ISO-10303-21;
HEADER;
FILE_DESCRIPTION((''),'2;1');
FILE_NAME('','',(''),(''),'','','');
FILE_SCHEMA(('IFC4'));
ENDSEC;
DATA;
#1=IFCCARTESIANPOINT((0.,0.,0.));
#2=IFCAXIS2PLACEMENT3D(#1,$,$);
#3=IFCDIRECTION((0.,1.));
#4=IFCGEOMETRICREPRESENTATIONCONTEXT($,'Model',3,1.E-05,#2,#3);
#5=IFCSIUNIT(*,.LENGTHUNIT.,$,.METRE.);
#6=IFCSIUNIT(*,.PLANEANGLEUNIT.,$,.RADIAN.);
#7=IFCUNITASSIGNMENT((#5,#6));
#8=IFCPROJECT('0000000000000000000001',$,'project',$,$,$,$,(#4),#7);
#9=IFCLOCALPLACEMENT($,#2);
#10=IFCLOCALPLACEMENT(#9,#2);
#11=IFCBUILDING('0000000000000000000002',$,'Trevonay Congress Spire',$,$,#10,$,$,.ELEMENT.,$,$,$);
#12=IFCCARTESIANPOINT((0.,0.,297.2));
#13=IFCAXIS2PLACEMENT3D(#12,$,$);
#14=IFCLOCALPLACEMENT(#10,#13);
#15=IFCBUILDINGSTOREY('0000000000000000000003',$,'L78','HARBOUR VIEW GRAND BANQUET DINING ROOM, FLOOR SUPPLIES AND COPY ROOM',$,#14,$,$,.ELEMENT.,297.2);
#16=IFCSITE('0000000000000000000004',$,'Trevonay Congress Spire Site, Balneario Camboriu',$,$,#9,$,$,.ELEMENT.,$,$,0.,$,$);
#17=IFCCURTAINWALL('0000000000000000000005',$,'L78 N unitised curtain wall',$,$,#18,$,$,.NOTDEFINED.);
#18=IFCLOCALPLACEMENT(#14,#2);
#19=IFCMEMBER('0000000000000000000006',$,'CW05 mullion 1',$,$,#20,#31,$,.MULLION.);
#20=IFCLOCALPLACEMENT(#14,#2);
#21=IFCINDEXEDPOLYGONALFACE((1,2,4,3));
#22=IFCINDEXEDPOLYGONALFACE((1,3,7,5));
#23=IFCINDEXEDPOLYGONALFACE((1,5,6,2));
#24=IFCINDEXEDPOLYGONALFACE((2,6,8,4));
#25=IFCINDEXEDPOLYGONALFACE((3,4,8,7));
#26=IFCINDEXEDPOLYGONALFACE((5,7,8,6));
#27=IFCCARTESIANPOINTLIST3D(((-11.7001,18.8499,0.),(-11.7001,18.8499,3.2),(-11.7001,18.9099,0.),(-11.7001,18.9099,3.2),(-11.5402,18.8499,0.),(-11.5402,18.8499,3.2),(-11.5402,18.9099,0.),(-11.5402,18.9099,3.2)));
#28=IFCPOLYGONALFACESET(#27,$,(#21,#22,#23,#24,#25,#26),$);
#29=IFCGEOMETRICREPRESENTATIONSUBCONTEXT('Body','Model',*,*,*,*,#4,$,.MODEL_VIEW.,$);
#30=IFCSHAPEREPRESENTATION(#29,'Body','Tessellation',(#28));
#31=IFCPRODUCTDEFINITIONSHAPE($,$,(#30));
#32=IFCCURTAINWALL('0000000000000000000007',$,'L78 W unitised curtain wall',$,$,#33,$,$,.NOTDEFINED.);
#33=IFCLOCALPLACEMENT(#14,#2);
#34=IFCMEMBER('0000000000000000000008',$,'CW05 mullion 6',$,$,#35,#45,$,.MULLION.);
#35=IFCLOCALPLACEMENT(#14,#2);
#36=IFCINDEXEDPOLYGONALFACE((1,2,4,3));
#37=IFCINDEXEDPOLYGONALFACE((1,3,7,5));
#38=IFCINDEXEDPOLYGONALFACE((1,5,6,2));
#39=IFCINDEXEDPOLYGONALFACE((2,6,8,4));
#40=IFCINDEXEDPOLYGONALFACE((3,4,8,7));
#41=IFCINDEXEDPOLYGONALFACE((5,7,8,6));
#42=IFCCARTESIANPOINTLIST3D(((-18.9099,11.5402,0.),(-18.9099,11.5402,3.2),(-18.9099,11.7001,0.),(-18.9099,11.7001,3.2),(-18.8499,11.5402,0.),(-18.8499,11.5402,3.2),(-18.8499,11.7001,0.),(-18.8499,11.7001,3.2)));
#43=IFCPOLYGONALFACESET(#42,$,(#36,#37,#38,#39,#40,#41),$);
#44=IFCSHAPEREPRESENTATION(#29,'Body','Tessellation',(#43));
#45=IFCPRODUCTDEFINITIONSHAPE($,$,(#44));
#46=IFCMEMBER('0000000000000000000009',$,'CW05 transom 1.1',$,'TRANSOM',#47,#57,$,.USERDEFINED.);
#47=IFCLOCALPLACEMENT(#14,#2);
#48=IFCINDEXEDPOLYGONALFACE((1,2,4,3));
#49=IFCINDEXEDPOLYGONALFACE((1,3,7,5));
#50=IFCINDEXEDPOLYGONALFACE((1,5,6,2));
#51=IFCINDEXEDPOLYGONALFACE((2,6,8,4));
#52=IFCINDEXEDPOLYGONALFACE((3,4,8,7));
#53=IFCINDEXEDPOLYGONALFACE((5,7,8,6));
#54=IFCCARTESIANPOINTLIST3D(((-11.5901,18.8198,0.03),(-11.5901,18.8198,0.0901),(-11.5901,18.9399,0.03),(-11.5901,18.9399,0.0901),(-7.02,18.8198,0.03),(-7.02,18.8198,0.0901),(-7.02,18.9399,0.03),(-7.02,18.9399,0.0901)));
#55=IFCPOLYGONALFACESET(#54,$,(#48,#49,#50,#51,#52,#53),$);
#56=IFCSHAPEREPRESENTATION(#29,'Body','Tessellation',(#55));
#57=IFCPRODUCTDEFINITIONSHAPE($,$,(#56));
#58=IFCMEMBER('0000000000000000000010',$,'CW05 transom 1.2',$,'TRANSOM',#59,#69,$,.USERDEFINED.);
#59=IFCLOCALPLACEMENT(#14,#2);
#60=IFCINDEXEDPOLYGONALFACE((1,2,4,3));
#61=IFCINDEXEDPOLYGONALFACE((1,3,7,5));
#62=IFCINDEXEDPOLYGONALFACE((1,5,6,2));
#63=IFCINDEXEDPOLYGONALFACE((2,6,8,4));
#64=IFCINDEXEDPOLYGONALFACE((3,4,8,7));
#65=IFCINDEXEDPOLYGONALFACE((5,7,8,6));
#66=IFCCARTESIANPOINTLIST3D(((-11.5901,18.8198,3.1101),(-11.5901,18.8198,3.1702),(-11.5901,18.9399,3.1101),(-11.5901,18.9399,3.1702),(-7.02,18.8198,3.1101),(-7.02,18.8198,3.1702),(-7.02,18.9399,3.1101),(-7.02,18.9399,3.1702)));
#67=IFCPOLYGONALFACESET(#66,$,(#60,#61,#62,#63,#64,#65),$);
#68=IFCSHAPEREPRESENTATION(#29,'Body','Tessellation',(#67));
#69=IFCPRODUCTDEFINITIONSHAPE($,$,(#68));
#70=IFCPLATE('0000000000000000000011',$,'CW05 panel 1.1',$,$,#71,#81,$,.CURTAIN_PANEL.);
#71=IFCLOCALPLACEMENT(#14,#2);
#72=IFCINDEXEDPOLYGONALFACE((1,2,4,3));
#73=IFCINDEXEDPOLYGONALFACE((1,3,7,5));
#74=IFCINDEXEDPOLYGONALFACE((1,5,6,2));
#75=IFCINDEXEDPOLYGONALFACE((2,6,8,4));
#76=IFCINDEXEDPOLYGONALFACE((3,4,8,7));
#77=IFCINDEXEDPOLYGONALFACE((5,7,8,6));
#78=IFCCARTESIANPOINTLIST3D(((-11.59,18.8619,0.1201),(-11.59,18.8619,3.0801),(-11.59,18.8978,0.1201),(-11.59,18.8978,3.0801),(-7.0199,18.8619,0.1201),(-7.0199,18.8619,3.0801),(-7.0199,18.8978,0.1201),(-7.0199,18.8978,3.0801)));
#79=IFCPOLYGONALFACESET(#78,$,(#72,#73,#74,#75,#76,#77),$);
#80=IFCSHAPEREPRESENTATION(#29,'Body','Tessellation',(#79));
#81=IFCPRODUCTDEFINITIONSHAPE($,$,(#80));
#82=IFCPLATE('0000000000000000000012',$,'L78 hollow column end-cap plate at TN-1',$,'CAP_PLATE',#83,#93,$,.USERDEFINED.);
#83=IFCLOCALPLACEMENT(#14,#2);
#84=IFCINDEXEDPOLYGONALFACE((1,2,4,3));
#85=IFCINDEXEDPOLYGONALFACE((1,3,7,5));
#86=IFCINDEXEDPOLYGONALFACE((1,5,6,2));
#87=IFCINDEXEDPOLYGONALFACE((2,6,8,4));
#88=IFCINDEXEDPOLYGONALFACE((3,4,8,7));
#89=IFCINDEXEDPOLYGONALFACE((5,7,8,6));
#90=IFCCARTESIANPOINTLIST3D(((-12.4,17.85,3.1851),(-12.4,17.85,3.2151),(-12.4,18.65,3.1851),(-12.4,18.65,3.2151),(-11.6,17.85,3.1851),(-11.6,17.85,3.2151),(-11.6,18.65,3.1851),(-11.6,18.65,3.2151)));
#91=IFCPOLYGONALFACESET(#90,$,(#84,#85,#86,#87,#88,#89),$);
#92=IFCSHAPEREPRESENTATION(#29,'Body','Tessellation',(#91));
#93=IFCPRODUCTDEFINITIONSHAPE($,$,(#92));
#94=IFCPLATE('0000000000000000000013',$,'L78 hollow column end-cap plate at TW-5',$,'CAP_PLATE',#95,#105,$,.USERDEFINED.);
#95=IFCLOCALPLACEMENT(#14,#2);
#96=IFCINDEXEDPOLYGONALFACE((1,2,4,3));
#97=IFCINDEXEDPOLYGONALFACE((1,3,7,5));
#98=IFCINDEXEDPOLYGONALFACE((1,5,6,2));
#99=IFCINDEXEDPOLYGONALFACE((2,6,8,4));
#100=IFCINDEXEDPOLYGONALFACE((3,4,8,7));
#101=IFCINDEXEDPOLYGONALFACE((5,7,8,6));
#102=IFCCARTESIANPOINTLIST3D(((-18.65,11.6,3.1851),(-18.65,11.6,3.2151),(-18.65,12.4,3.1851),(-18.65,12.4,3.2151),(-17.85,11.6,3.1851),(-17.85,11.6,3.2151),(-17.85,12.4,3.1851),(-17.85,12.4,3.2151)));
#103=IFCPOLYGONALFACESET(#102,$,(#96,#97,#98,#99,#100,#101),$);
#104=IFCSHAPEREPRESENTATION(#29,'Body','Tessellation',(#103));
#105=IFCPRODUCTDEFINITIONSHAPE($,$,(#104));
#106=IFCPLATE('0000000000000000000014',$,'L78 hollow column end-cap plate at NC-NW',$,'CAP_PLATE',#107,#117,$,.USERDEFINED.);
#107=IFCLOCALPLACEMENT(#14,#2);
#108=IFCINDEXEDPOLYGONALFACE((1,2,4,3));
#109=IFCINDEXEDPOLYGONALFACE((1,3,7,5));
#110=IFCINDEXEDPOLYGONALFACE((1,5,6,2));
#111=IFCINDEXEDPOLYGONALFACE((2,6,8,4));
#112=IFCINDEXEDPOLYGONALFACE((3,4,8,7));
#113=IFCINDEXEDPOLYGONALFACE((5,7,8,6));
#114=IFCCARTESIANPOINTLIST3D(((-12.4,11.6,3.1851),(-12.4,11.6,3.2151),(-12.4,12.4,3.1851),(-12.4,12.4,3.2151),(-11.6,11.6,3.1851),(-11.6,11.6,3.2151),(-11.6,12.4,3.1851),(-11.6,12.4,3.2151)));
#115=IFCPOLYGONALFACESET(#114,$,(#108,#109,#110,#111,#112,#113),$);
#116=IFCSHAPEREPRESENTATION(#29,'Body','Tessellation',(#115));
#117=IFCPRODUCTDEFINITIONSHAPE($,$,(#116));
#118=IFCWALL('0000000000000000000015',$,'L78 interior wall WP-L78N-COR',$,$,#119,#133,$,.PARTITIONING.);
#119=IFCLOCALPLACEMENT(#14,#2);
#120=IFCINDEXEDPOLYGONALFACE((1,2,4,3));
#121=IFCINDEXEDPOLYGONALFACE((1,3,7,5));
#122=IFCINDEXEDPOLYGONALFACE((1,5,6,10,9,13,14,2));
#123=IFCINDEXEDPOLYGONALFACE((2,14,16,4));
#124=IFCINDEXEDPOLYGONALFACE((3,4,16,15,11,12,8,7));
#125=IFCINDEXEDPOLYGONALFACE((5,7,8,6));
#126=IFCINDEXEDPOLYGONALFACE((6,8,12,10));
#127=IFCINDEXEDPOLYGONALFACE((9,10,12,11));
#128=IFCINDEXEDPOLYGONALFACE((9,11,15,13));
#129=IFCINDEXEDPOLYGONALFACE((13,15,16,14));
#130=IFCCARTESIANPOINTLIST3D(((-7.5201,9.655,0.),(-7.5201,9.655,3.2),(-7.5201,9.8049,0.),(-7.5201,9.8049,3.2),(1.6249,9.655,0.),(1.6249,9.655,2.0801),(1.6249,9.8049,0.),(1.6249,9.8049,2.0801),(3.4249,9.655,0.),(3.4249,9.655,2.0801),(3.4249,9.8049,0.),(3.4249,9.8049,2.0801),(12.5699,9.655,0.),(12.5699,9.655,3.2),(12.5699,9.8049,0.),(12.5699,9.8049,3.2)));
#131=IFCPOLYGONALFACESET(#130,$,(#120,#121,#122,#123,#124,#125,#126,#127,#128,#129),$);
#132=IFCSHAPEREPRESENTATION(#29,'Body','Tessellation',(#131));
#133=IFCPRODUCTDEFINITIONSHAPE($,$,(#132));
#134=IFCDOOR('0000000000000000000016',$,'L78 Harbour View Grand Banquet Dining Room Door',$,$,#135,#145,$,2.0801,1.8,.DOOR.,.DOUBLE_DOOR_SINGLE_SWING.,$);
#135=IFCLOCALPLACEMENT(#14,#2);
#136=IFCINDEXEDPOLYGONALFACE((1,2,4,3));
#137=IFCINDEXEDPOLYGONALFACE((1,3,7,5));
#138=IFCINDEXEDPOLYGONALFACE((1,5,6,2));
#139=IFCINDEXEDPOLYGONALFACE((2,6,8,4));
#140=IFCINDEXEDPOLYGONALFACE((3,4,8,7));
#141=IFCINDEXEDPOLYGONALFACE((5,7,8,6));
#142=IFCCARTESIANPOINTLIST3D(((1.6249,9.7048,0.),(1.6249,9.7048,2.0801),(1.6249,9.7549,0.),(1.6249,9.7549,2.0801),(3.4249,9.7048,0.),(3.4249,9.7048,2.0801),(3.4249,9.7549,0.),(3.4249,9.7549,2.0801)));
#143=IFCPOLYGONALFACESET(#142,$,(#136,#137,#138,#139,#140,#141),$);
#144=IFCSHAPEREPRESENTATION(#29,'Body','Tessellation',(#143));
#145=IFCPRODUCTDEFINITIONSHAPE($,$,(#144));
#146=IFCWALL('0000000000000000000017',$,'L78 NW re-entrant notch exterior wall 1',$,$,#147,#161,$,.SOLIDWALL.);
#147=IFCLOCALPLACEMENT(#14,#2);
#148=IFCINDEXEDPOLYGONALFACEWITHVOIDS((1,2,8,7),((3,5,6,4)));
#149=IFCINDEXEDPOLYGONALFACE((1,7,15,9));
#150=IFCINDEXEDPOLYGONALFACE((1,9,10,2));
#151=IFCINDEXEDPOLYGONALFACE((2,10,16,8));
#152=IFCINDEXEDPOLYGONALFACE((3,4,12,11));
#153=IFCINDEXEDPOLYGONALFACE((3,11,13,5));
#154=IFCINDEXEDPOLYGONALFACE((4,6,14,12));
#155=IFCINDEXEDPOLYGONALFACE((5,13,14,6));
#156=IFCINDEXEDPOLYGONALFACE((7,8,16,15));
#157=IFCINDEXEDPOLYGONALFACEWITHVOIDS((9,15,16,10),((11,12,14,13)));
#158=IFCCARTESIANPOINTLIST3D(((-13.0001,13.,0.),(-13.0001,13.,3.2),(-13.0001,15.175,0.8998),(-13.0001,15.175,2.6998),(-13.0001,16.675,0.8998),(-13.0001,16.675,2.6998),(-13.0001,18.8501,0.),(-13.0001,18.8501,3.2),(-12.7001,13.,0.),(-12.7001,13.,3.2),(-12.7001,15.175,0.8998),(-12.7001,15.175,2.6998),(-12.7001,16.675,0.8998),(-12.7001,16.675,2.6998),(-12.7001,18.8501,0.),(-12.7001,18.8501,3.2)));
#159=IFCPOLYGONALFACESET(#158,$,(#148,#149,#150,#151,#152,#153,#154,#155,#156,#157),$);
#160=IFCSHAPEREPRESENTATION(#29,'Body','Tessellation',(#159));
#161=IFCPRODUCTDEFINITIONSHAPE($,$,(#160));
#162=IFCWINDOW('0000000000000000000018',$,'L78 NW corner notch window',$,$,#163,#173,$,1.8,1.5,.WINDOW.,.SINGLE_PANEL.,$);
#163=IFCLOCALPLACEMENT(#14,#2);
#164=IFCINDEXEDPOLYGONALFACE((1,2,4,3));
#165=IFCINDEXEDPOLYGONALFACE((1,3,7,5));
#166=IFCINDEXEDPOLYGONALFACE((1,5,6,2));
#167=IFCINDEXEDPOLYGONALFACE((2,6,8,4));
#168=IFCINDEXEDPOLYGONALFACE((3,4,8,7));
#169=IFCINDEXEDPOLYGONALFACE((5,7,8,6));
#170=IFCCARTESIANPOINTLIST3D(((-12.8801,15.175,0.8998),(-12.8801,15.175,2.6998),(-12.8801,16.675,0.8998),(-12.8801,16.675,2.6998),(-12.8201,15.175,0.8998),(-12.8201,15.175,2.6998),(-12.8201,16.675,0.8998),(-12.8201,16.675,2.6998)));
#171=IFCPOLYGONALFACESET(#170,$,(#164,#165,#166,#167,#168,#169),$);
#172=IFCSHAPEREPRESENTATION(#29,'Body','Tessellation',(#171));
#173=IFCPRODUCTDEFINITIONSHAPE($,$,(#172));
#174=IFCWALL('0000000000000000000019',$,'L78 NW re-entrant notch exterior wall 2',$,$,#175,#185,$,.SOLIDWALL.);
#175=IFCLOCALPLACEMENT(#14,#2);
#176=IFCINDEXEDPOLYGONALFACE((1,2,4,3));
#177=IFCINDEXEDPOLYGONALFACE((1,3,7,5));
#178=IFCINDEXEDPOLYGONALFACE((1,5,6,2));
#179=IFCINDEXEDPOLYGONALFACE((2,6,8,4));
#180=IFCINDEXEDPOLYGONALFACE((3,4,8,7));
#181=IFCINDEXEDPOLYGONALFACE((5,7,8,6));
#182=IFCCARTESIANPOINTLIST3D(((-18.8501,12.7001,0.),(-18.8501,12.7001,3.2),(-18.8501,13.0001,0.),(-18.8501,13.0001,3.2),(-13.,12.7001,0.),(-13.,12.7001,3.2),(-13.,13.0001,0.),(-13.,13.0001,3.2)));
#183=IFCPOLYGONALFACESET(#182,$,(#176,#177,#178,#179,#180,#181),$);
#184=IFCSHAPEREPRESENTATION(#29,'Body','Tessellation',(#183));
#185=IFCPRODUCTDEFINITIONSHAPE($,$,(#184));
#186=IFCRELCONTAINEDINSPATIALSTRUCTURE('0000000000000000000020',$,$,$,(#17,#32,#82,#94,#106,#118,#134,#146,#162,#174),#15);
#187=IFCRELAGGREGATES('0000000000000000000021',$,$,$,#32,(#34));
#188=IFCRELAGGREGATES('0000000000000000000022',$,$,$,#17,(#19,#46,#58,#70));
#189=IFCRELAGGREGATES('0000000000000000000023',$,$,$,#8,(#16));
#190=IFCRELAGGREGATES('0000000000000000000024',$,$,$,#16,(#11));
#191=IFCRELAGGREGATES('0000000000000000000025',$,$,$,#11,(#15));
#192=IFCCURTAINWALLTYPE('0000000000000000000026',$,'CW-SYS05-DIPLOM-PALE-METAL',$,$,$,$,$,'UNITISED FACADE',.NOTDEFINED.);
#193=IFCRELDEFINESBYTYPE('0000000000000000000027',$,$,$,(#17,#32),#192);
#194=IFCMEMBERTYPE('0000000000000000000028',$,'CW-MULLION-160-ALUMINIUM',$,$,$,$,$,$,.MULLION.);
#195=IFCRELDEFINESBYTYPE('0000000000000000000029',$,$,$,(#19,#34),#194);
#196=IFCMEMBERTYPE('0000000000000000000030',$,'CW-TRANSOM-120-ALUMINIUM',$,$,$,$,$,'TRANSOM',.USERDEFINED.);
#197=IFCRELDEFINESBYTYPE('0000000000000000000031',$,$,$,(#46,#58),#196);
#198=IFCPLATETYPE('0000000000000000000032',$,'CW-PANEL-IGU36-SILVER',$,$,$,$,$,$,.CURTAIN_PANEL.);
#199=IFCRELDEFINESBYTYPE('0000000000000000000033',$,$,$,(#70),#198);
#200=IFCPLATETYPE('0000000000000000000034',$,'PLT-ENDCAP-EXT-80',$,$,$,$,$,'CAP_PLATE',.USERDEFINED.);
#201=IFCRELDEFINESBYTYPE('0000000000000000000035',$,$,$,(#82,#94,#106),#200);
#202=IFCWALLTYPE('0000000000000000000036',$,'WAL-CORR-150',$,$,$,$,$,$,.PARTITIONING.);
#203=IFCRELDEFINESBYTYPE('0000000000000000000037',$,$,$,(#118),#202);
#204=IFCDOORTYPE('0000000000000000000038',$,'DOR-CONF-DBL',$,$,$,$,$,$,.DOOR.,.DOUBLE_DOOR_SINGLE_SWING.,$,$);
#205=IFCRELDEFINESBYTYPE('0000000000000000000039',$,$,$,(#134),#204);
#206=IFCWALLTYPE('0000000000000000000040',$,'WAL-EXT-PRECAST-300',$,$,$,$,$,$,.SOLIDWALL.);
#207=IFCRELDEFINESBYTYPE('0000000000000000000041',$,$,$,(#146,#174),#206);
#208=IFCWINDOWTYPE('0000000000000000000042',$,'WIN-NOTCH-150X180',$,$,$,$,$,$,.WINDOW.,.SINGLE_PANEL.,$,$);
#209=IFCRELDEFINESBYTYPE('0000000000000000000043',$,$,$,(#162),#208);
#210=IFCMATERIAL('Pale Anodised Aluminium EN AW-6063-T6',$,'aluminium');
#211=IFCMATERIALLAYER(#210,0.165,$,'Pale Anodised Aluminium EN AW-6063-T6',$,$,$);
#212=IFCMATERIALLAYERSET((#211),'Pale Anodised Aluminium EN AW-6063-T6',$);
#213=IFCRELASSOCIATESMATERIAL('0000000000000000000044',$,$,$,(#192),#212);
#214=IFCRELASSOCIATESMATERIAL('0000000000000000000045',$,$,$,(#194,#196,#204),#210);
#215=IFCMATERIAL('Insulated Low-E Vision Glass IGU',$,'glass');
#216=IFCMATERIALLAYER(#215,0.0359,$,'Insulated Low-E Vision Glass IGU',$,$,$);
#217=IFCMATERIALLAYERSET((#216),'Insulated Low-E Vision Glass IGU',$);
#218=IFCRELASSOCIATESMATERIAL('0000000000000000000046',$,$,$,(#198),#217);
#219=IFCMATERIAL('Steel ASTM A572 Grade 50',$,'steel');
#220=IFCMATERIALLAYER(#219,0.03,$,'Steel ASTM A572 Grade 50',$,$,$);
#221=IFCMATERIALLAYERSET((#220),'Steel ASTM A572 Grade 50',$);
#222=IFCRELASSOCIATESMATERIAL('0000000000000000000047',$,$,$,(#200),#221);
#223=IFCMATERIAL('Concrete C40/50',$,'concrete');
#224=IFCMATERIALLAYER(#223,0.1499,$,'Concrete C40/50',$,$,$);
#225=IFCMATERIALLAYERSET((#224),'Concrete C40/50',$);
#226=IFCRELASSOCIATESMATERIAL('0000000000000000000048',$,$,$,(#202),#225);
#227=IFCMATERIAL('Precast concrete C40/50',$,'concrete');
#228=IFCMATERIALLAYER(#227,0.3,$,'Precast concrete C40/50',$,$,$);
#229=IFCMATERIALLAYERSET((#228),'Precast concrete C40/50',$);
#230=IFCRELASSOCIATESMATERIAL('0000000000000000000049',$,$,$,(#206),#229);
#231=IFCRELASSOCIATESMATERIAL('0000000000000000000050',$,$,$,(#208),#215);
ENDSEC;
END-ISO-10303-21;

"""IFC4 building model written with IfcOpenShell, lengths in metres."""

from ifc_helpers import new_model, si_unit, direction, frame, frame_2d, origin, origin_2d, place, context, subcontext, project, spatial, rectangle, extrude, material, layer, layer_set, material_profile, profile_set, type_object, element, fill, aggregate, save


model = new_model("IFC4")

# Units and contexts
model_context = context("Model", 3, precision=1e-05, world=origin(), true_north=direction((0.0, 1.0)))
body_context = subcontext(model_context, "Body", "Model", "MODEL_VIEW")
ifc_project = project(units=[si_unit("LENGTHUNIT", "METRE"), si_unit("PLANEANGLEUNIT", "RADIAN")], contexts=[model_context])

# Site, building, storey
site_placement = place(None, origin())
site = spatial("IfcSite", under=ifc_project, at=site_placement, Name="Trevonay Congress Spire Site, Balneario Camboriu", CompositionType="ELEMENT", RefElevation=0.0)
building_placement = place(site_placement, origin())
building = spatial("IfcBuilding", under=site, at=building_placement, Name="Trevonay Congress Spire", CompositionType="ELEMENT")
storey_placement = place(building_placement, frame((0.0, 0.0, 297.2)))
storey = spatial("IfcBuildingStorey", under=building, at=storey_placement, Name="L78", Description="HARBOUR VIEW GRAND BANQUET DINING ROOM, FLOOR SUPPLIES AND COPY ROOM", CompositionType="ELEMENT", Elevation=297.2)

# Shared definitions
ifc_material_1 = material(Name="Steel ASTM A572 Grade 50", Category="steel")

# Curtain walls, members
ifc_material_2 = material(Name="Pale Anodised Aluminium EN AW-6063-T6", Category="aluminium")
ifc_layer_1 = layer(ifc_material_2, 0.165, Name="Pale Anodised Aluminium EN AW-6063-T6")
ifc_layer_set_1 = layer_set([ifc_layer_1], Name="Pale Anodised Aluminium EN AW-6063-T6")
curtain_wall_type = type_object("IfcCurtainWallType", Name="CW-SYS05-DIPLOM-PALE-METAL", ElementType="UNITISED FACADE", PredefinedType="NOTDEFINED", material=ifc_layer_set_1)
curtain_wall_1_placement = place(storey_placement, origin())
curtain_wall_1 = element("IfcCurtainWall", 1, at=curtain_wall_1_placement, inside=storey, type_object=curtain_wall_type, Name="L78 N unitised curtain wall", PredefinedType="NOTDEFINED")
ifc_material_profile_1 = material_profile(ifc_material_2, rectangle(XDim=0.0601, YDim=0.1599, at=origin_2d()), Name="CW-MULLION-160-ALUMINIUM")
ifc_profile_set_1 = profile_set([ifc_material_profile_1], Name="Pale Anodised Aluminium EN AW-6063-T6")
member_type_1 = type_object("IfcMemberType", Name="CW-MULLION-160-ALUMINIUM", PredefinedType="MULLION", material=ifc_profile_set_1)
member_1_placement = place(storey_placement, frame((-11.6201, 18.8799, 0.0), z_axis=(0.0, 0.0, 1.0), x_axis=(0.0, 1.0, 0.0)))
member_1 = element("IfcMember", 2, at=member_1_placement, type_object=member_type_1, Name="CW05 mullion 1", PredefinedType="MULLION", context=body_context, shape_type="SweptSolid", body=[
    extrude(rectangle(XDim=0.0601, YDim=0.1599, at=origin_2d()), origin(), (0.0, 0.0, 1.0), 3.2),
])
curtain_wall_2_placement = place(storey_placement, origin())
curtain_wall_2 = element("IfcCurtainWall", 3, at=curtain_wall_2_placement, inside=storey, type_object=curtain_wall_type, Name="L78 W unitised curtain wall", PredefinedType="NOTDEFINED")
member_2_placement = place(storey_placement, frame((-18.8799, 11.6201, 0.0), z_axis=(0.0, 0.0, 1.0), x_axis=(-1.0, 0.0, 0.0)))
member_2 = element("IfcMember", 4, at=member_2_placement, type_object=member_type_1, Name="CW05 mullion 6", PredefinedType="MULLION", context=body_context, shape_type="SweptSolid", body=[
    extrude(rectangle(XDim=0.0601, YDim=0.1599, at=origin_2d()), origin(), (0.0, 0.0, 1.0), 3.2),
])
aggregate(curtain_wall_2, [member_2])

# Members
ifc_material_profile_2 = material_profile(ifc_material_2, rectangle(XDim=0.1201, YDim=0.0601, at=origin_2d()), Name="CW-TRANSOM-120-ALUMINIUM")
ifc_profile_set_2 = profile_set([ifc_material_profile_2], Name="Pale Anodised Aluminium EN AW-6063-T6")
member_type_2 = type_object("IfcMemberType", Name="CW-TRANSOM-120-ALUMINIUM", ElementType="TRANSOM", PredefinedType="USERDEFINED", material=ifc_profile_set_2)
member_3_placement = place(storey_placement, frame((-11.5901, 18.8799, 0.0601), z_axis=(1.0, 0.0, 0.0), x_axis=(0.0, 1.0, 0.0)))
member_3 = element("IfcMember", 5, at=member_3_placement, type_object=member_type_2, Name="CW05 transom 1.1", ObjectType="TRANSOM", PredefinedType="USERDEFINED", context=body_context, shape_type="SweptSolid", body=[
    extrude(rectangle(XDim=0.1201, YDim=0.0601, at=origin_2d()), origin(), (0.0, 0.0, 1.0), 4.5701),
])
member_4_placement = place(storey_placement, frame((-11.5901, 18.8799, 3.1401), z_axis=(1.0, 0.0, 0.0), x_axis=(0.0, 1.0, 0.0)))
member_4 = element("IfcMember", 6, at=member_4_placement, type_object=member_type_2, Name="CW05 transom 1.2", ObjectType="TRANSOM", PredefinedType="USERDEFINED", context=body_context, shape_type="SweptSolid", body=[
    extrude(rectangle(XDim=0.1201, YDim=0.0601, at=origin_2d()), origin(), (0.0, 0.0, 1.0), 4.5701),
])

# Plate
ifc_material_3 = material(Name="Insulated Low-E Vision Glass IGU", Category="glass")
ifc_layer_2 = layer(ifc_material_3, 0.0359, Name="Insulated Low-E Vision Glass IGU")
ifc_layer_set_2 = layer_set([ifc_layer_2], Name="Insulated Low-E Vision Glass IGU")
plate_type_1 = type_object("IfcPlateType", Name="CW-PANEL-IGU36-SILVER", PredefinedType="CURTAIN_PANEL", material=ifc_layer_set_2)
plate_placement = place(storey_placement, frame((-9.3049, 18.8799, 0.1201), z_axis=(0.0, 0.0, 1.0), x_axis=(1.0, 0.0, 0.0)))
plate = element("IfcPlate", 7, at=plate_placement, type_object=plate_type_1, Name="CW05 panel 1.1", PredefinedType="CURTAIN_PANEL", context=body_context, shape_type="SweptSolid", body=[
    extrude(rectangle(XDim=4.5701, YDim=0.0359, at=origin_2d()), origin(), (0.0, 0.0, 1.0), 2.96),
])
aggregate(curtain_wall_1, [member_1, member_3, member_4, plate])

# Plates
ifc_layer_3 = layer(ifc_material_1, 0.03, Name="Steel ASTM A572 Grade 50")
ifc_layer_set_3 = layer_set([ifc_layer_3], Name="Steel ASTM A572 Grade 50")
plate_type_2 = type_object("IfcPlateType", Name="PLT-ENDCAP-EXT-80", ElementType="CAP_PLATE", PredefinedType="USERDEFINED", material=ifc_layer_set_3)
for number, where, z_axis, x_axis, name in (
    (8, (-12.0, 18.25, 3.1851), (0.0, 0.0, 1.0), (1.0, 0.0, 0.0), "L78 hollow column end-cap plate at TN-1"),
    (9, (-18.25, 12.0, 3.1851), (0.0, 0.0, 1.0), (1.0, 0.0, 0.0), "L78 hollow column end-cap plate at TW-5"),
    (10, (-12.0, 12.0, 3.1851), (0.0, 0.0, 1.0), (1.0, 0.0, 0.0), "L78 hollow column end-cap plate at NC-NW"),
):
    element("IfcPlate", number, at=place(storey_placement, frame(where, z_axis=z_axis, x_axis=x_axis)), inside=storey, type_object=plate_type_2, Name=name, ObjectType="CAP_PLATE", PredefinedType="USERDEFINED", context=body_context, shape_type="SweptSolid", body=[
        extrude(rectangle(XDim=0.8, YDim=0.8, at=origin_2d()), origin(), (0.0, 0.0, 1.0), 0.03),
    ])

# Wall, opening, door
ifc_material_4 = material(Name="Concrete C40/50", Category="concrete")
ifc_layer_4 = layer(ifc_material_4, 0.1499, Name="Concrete C40/50")
ifc_layer_set_4 = layer_set([ifc_layer_4], Name="Concrete C40/50")
wall_type_1 = type_object("IfcWallType", Name="WAL-CORR-150", PredefinedType="PARTITIONING", material=ifc_layer_set_4)
wall_1_placement = place(storey_placement, frame((-7.52, 9.73, 0.0), z_axis=(0.0, 0.0, 1.0), x_axis=(1.0, 0.0, 0.0)))
wall_1 = element("IfcWall", 11, at=wall_1_placement, inside=storey, type_object=wall_type_1, Name="L78 interior wall WP-L78N-COR", PredefinedType="PARTITIONING", context=body_context, shape_type="SweptSolid", body=[
    extrude(rectangle(XDim=20.0901, YDim=0.1499, at=frame_2d((10.0449, 0.0))), origin(), (0.0, 0.0, 1.0), 3.2),
])
opening_1_placement = place(wall_1_placement, frame((9.145, 0.0, 0.0)))
opening_1 = element("IfcOpeningElement", 12, at=opening_1_placement, cuts=wall_1, PredefinedType="OPENING", context=body_context, shape_type="SweptSolid", body=[
    extrude(rectangle(XDim=1.8, YDim=2.0801, at=frame_2d((0.8999, 1.04))), frame((0.0, 0.085, 0.0), z_axis=(0.0, -1.0, 0.0), x_axis=(1.0, 0.0, 0.0)), (0.0, 0.0, 1.0), 0.1699),
])
door_type = type_object("IfcDoorType", Name="DOR-CONF-DBL", OperationType="DOUBLE_DOOR_SINGLE_SWING", PredefinedType="DOOR", material=ifc_material_2)
door_placement = place(opening_1_placement, origin())
door = element("IfcDoor", 13, at=door_placement, inside=storey, type_object=door_type, Name="L78 Harbour View Grand Banquet Dining Room Door", OperationType="DOUBLE_DOOR_SINGLE_SWING", OverallHeight=2.0801, OverallWidth=1.8, PredefinedType="DOOR", context=body_context, shape_type="SweptSolid", body=[
    extrude(rectangle(XDim=1.8, YDim=2.0801, at=frame_2d((0.8999, 1.04))), frame((0.0, 0.0249, 0.0), z_axis=(0.0, -1.0, 0.0), x_axis=(1.0, 0.0, 0.0)), (0.0, 0.0, 1.0), 0.05),
])
fill(opening_1, door)

# Wall, opening, window
ifc_material_5 = material(Name="Precast concrete C40/50", Category="concrete")
ifc_layer_5 = layer(ifc_material_5, 0.3, Name="Precast concrete C40/50")
ifc_layer_set_5 = layer_set([ifc_layer_5], Name="Precast concrete C40/50")
wall_type_2 = type_object("IfcWallType", Name="WAL-EXT-PRECAST-300", PredefinedType="SOLIDWALL", material=ifc_layer_set_5)
wall_2_placement = place(storey_placement, frame((-12.8501, 18.8501, 0.0), z_axis=(0.0, 0.0, 1.0), x_axis=(0.0, -1.0, 0.0)))
wall_2 = element("IfcWall", 14, at=wall_2_placement, inside=storey, type_object=wall_type_2, Name="L78 NW re-entrant notch exterior wall 1", PredefinedType="SOLIDWALL", context=body_context, shape_type="SweptSolid", body=[
    extrude(rectangle(XDim=5.8501, YDim=0.3, at=frame_2d((2.925, 0.0))), origin(), (0.0, 0.0, 1.0), 3.2),
])
opening_2_placement = place(wall_2_placement, frame((2.175, 0.0, 0.8999)))
opening_2 = element("IfcOpeningElement", 15, at=opening_2_placement, cuts=wall_2, PredefinedType="OPENING", context=body_context, shape_type="SweptSolid", body=[
    extrude(rectangle(XDim=1.5, YDim=1.8, at=frame_2d((0.75, 0.8999))), frame((0.0, 0.1602, 0.0), z_axis=(0.0, -1.0, 0.0), x_axis=(1.0, 0.0, 0.0)), (0.0, 0.0, 1.0), 0.3201),
])
window_type = type_object("IfcWindowType", Name="WIN-NOTCH-150X180", PartitioningType="SINGLE_PANEL", PredefinedType="WINDOW", material=ifc_material_3)
window_placement = place(opening_2_placement, origin())
window = element("IfcWindow", 16, at=window_placement, inside=storey, type_object=window_type, Name="L78 NW corner notch window", OverallHeight=1.8, OverallWidth=1.5, PartitioningType="SINGLE_PANEL", PredefinedType="WINDOW", context=body_context, shape_type="SweptSolid", body=[
    extrude(rectangle(XDim=1.5, YDim=1.8, at=frame_2d((0.75, 0.8999))), frame((0.0, 0.03, 0.0), z_axis=(0.0, -1.0, 0.0), x_axis=(1.0, 0.0, 0.0)), (0.0, 0.0, 1.0), 0.0601),
])
fill(opening_2, window)

# Wall
wall_3_placement = place(storey_placement, frame((-18.8501, 12.8501, 0.0), z_axis=(0.0, 0.0, 1.0), x_axis=(1.0, 0.0, 0.0)))
element("IfcWall", 17, at=wall_3_placement, inside=storey, type_object=wall_type_2, Name="L78 NW re-entrant notch exterior wall 2", PredefinedType="SOLIDWALL", context=body_context, shape_type="SweptSolid", body=[
    extrude(rectangle(XDim=5.8501, YDim=0.3, at=frame_2d((2.925, 0.0))), origin(), (0.0, 0.0, 1.0), 3.2),
])

save(model, "model.ifc")
